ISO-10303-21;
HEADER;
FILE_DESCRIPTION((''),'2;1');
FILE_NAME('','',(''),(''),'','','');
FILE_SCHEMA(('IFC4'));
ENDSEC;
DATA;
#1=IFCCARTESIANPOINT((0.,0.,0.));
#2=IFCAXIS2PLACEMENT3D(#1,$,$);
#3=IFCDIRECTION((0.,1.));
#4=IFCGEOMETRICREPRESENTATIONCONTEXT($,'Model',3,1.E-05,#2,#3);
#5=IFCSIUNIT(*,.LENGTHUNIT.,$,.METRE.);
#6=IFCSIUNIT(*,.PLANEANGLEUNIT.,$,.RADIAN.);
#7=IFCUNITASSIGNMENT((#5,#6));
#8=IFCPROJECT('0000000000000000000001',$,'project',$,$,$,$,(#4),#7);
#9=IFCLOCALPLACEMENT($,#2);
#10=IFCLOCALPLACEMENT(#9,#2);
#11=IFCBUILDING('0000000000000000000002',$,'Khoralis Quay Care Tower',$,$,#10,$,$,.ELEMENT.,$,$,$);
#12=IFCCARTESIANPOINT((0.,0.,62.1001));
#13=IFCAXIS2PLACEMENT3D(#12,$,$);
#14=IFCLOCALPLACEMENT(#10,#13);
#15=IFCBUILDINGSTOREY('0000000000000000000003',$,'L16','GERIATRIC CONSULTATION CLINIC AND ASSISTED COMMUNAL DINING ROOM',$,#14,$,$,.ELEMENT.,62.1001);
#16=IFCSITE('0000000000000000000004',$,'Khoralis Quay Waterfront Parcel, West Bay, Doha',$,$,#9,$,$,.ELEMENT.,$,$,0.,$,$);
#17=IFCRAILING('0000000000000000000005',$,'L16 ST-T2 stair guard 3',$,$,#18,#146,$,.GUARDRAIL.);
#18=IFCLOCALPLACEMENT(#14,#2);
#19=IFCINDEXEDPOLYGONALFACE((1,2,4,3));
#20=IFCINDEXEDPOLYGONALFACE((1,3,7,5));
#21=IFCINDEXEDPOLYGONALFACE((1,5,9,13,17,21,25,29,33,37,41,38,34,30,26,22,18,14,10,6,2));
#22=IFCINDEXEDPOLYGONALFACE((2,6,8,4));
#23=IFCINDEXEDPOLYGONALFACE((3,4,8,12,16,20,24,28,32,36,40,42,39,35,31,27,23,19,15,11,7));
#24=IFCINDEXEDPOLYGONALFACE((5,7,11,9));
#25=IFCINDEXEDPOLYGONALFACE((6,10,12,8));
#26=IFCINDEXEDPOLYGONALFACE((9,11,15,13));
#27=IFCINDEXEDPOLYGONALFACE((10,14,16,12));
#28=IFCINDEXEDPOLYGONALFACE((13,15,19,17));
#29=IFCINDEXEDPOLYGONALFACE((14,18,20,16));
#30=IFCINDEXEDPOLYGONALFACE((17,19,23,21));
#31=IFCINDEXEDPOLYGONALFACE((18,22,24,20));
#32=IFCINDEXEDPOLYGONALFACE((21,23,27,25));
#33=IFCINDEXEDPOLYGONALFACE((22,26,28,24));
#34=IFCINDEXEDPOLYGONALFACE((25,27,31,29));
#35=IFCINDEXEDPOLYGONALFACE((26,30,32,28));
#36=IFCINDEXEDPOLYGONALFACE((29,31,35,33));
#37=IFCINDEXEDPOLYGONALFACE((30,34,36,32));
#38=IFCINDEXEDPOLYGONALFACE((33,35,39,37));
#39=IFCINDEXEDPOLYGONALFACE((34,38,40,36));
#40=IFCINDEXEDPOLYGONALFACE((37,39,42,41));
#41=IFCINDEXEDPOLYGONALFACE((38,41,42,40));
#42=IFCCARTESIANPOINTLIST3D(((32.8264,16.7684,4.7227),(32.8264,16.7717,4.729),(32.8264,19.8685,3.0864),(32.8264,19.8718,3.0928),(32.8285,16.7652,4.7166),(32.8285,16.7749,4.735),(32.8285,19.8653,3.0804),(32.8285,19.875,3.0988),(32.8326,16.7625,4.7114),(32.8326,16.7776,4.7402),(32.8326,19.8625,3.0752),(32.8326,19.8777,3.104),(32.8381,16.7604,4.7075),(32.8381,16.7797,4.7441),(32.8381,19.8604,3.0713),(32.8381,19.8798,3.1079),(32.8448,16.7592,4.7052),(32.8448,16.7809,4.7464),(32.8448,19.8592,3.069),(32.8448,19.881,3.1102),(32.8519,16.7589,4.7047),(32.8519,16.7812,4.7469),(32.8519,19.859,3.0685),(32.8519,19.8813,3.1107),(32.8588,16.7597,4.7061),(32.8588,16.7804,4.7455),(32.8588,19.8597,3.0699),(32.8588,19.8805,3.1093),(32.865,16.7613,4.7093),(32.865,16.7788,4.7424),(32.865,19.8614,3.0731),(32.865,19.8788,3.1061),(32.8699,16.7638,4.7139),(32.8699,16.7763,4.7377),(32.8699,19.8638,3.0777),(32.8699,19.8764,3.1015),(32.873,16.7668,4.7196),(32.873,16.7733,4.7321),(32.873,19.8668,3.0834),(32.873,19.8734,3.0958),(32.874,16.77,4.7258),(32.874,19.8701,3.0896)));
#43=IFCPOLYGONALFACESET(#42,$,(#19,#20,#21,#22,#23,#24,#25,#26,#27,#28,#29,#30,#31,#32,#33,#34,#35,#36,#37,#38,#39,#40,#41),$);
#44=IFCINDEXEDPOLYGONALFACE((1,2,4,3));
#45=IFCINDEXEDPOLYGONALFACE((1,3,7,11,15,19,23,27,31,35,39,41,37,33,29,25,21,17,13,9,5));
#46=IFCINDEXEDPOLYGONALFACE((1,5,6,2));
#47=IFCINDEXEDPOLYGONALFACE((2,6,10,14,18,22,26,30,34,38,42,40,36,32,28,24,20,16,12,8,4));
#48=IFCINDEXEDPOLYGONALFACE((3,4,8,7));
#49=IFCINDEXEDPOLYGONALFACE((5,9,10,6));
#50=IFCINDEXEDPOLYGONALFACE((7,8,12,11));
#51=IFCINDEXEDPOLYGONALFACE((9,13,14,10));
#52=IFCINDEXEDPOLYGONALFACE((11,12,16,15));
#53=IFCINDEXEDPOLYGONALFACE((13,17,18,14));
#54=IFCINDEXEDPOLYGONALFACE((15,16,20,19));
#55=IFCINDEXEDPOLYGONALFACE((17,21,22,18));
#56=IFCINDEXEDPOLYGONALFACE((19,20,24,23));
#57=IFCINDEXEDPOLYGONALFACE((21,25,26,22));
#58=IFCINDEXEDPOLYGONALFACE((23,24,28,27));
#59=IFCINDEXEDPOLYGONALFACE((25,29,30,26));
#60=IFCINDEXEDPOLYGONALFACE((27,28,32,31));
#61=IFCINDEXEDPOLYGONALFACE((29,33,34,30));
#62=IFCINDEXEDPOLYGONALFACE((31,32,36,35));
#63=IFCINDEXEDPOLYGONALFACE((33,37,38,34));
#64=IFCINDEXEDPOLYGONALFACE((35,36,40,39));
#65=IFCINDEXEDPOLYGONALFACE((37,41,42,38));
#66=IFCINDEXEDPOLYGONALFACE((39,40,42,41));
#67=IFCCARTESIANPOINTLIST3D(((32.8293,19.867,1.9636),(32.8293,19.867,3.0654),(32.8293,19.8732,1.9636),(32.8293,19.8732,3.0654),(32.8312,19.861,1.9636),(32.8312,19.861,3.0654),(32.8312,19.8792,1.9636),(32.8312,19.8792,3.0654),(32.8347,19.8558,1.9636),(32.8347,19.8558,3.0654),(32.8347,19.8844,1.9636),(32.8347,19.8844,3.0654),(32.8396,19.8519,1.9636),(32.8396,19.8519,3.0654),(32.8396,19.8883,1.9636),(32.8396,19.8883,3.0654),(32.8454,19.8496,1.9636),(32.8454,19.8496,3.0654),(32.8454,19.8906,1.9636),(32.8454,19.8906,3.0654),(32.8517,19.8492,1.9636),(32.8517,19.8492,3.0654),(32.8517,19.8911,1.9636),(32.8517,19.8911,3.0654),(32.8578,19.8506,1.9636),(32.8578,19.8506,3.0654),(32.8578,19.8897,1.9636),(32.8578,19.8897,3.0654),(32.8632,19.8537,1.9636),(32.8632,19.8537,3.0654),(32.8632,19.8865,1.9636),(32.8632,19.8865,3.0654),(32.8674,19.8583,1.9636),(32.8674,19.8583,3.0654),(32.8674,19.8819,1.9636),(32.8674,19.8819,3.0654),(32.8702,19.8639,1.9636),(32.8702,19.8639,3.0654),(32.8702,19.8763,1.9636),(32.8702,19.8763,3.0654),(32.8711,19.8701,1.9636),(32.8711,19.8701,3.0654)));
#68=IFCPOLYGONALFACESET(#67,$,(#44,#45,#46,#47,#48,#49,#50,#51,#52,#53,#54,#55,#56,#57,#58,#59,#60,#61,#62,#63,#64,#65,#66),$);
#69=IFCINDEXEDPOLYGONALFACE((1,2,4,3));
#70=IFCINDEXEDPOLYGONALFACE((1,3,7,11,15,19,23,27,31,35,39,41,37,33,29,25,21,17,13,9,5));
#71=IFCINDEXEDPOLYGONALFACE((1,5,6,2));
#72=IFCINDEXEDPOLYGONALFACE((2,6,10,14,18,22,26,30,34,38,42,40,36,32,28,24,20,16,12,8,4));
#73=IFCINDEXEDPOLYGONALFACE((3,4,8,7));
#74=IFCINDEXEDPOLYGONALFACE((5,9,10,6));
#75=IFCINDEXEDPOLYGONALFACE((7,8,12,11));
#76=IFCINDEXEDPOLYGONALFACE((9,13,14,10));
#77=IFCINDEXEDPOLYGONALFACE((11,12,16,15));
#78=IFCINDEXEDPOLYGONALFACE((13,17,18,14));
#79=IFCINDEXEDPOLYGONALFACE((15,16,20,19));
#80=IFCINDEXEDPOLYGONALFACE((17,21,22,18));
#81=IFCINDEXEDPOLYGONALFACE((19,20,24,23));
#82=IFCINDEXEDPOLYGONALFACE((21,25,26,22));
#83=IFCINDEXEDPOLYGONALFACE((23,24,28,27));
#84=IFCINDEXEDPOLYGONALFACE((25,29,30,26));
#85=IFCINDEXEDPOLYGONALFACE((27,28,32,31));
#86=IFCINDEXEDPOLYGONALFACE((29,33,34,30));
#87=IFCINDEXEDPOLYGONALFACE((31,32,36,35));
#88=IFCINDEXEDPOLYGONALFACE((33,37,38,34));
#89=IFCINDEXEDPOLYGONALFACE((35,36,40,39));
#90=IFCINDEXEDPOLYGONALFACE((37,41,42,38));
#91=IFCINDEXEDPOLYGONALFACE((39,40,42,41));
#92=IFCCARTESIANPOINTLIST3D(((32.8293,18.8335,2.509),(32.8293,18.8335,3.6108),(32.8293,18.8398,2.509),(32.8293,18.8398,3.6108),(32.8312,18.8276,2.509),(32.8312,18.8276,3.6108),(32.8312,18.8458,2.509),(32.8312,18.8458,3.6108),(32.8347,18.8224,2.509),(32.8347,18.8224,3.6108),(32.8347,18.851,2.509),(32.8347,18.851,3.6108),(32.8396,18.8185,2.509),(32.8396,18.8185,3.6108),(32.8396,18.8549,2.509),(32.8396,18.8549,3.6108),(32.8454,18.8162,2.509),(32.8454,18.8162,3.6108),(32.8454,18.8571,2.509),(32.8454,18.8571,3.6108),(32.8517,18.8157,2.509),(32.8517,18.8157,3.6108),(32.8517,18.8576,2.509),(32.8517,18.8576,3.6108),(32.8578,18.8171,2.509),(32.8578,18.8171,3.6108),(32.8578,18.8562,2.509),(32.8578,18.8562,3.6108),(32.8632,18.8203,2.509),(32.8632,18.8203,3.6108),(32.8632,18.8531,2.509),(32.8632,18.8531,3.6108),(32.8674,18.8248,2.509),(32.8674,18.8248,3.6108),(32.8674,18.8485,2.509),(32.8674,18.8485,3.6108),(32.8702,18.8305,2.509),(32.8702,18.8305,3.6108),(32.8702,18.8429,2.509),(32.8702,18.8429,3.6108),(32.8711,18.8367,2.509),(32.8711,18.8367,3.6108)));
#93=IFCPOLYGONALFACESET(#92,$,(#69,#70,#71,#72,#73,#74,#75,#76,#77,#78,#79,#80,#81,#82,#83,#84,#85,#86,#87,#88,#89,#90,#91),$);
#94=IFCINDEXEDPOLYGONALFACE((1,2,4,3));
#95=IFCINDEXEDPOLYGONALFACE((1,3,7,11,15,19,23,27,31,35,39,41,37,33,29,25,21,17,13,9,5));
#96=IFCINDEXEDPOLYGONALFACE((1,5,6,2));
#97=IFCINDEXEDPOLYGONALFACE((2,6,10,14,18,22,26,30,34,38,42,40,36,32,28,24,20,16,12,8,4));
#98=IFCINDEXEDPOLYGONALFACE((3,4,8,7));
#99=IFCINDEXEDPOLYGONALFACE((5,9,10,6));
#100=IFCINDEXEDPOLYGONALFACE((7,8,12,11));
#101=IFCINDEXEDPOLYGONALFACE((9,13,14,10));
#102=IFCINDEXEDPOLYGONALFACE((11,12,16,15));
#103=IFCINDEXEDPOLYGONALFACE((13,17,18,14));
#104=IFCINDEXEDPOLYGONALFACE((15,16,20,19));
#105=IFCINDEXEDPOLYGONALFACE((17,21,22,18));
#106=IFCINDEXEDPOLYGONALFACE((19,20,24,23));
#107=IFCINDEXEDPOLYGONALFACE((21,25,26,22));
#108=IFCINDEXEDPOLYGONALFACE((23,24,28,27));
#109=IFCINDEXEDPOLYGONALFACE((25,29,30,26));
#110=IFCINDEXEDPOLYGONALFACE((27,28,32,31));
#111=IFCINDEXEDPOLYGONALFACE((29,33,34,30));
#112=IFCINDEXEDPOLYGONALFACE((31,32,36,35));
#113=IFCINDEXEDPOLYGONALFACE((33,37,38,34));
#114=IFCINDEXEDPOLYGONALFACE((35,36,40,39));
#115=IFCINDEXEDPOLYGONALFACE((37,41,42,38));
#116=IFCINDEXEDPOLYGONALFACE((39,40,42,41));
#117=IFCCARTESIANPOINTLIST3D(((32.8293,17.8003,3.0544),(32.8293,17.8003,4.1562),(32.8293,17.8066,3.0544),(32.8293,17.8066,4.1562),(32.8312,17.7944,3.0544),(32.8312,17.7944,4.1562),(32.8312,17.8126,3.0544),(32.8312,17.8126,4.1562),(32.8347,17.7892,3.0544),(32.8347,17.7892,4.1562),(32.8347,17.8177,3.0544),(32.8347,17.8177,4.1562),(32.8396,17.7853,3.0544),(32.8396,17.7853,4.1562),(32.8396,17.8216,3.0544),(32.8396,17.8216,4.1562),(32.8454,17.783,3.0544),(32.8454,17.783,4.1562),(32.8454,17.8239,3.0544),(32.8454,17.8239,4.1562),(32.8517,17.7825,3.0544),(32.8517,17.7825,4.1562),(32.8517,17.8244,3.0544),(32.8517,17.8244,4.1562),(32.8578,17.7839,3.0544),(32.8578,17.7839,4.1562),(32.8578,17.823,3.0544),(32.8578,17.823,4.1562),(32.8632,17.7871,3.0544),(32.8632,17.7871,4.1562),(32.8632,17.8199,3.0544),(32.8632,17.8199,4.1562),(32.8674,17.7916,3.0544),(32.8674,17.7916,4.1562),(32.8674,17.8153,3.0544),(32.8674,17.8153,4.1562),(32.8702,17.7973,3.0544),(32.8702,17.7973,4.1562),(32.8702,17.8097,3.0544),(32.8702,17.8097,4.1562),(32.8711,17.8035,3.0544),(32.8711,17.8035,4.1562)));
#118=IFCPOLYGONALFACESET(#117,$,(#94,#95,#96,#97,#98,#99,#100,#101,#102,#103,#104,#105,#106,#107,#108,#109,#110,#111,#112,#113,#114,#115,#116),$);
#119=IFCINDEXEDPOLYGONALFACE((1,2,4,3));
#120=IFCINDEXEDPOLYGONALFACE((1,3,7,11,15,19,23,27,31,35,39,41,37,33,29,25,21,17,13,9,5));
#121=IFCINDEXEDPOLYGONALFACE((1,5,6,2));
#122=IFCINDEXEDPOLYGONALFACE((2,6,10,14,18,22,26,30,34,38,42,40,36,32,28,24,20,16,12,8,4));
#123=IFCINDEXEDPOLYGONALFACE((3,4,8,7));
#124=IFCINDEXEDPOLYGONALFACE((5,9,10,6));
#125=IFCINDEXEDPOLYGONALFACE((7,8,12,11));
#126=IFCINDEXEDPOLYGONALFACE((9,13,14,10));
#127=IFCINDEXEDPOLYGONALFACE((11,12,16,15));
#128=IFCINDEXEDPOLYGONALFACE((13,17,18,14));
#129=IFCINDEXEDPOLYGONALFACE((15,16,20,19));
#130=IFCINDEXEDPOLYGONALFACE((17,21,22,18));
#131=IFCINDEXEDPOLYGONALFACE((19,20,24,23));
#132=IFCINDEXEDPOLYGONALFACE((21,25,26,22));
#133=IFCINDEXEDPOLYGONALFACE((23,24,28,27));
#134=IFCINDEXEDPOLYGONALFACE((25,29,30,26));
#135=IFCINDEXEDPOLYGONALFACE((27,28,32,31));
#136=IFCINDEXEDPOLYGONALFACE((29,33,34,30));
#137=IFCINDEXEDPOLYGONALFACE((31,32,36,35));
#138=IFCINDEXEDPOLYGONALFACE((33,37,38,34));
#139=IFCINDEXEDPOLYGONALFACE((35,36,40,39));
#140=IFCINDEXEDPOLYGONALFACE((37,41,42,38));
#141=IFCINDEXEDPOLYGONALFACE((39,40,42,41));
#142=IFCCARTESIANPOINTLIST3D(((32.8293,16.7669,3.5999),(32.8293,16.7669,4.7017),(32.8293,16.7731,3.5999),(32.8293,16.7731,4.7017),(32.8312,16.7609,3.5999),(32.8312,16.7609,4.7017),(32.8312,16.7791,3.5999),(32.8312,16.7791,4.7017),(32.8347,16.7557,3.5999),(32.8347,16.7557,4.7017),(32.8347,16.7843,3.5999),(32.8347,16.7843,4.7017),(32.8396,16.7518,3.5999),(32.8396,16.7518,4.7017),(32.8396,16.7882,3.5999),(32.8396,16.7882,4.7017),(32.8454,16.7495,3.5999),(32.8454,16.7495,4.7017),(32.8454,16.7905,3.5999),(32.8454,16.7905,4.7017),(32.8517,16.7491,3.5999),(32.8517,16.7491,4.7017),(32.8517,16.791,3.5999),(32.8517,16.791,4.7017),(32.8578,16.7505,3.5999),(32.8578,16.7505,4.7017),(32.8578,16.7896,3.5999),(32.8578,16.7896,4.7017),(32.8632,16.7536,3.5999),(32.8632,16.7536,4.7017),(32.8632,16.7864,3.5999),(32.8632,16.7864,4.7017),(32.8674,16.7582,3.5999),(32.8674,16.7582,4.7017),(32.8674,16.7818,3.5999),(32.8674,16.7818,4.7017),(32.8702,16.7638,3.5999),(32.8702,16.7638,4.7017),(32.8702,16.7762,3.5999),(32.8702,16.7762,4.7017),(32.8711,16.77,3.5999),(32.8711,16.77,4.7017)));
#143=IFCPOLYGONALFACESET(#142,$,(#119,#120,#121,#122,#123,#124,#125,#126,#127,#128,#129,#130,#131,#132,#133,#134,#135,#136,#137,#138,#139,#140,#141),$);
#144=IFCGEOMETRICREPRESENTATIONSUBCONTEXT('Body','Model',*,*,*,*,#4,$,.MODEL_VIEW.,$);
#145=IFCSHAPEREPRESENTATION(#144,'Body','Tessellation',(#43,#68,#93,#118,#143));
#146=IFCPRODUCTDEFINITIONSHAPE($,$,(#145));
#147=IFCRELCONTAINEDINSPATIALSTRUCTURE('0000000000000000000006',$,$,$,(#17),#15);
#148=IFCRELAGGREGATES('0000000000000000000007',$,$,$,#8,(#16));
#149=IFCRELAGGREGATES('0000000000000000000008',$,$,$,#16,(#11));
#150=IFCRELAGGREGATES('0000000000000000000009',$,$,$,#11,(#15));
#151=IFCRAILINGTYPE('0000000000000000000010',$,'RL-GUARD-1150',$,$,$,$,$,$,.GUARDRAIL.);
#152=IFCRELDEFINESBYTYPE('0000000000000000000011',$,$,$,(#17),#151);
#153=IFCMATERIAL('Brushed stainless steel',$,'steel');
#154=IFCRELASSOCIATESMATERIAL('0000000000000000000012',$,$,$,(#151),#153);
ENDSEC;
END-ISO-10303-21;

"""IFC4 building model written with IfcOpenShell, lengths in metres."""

from ifc_helpers import new_model, si_unit, direction, frame, origin, origin_2d, place, context, subcontext, project, spatial, circle, extrude, material, type_object, element, save


model = new_model("IFC4")

# Units and contexts
model_context = context("Model", 3, precision=1e-05, world=origin(), true_north=direction((0.0, 1.0)))
body_context = subcontext(model_context, "Body", "Model", "MODEL_VIEW")
ifc_project = project(units=[si_unit("LENGTHUNIT", "METRE"), si_unit("PLANEANGLEUNIT", "RADIAN")], contexts=[model_context])

# Site, building, storey
site_placement = place(None, origin())
site = spatial("IfcSite", under=ifc_project, at=site_placement, Name="Khoralis Quay Waterfront Parcel, West Bay, Doha", CompositionType="ELEMENT", RefElevation=0.0)
building_placement = place(site_placement, origin())
building = spatial("IfcBuilding", under=site, at=building_placement, Name="Khoralis Quay Care Tower", CompositionType="ELEMENT")
storey_placement = place(building_placement, frame((0.0, 0.0, 62.1001)))
storey = spatial("IfcBuildingStorey", under=building, at=storey_placement, Name="L16", Description="GERIATRIC CONSULTATION CLINIC AND ASSISTED COMMUNAL DINING ROOM", CompositionType="ELEMENT", Elevation=62.1001)

# Shared definitions
ifc_material_1 = material(Name="Brushed stainless steel", Category="steel")

# Railing
railing_type_1 = type_object("IfcRailingType", Name="RL-GUARD-1150", PredefinedType="GUARDRAIL", material=ifc_material_1)
railing_1_placement = place(storey_placement, frame((32.8501, 19.8701, 1.9636)))
element("IfcRailing", 1, at=railing_1_placement, inside=storey, type_object=railing_type_1, Name="L16 ST-T2 stair guard 3", PredefinedType="GUARDRAIL", context=body_context, shape_type="SweptSolid", body=[
    extrude(circle(Radius=0.0239, at=origin_2d()), frame((0.0, 0.0, 1.126), z_axis=(0.0, -0.884377, 0.466774), x_axis=(1.0, 0.0, 0.0)), (0.0, 0.0, 1.0), 3.5054),
    extrude(circle(Radius=0.021, at=origin_2d()), origin(), (0.0, 0.0, 1.0), 1.1018),
    extrude(circle(Radius=0.021, at=origin_2d()), frame((0.0, -1.0334, 0.5454)), (0.0, 0.0, 1.0), 1.1018),
    extrude(circle(Radius=0.021, at=origin_2d()), frame((0.0, -2.0667, 1.0908)), (0.0, 0.0, 1.0), 1.1018),
    extrude(circle(Radius=0.021, at=origin_2d()), frame((0.0, -3.1001, 1.6362)), (0.0, 0.0, 1.0), 1.1018),
])

save(model, "model.ifc")
